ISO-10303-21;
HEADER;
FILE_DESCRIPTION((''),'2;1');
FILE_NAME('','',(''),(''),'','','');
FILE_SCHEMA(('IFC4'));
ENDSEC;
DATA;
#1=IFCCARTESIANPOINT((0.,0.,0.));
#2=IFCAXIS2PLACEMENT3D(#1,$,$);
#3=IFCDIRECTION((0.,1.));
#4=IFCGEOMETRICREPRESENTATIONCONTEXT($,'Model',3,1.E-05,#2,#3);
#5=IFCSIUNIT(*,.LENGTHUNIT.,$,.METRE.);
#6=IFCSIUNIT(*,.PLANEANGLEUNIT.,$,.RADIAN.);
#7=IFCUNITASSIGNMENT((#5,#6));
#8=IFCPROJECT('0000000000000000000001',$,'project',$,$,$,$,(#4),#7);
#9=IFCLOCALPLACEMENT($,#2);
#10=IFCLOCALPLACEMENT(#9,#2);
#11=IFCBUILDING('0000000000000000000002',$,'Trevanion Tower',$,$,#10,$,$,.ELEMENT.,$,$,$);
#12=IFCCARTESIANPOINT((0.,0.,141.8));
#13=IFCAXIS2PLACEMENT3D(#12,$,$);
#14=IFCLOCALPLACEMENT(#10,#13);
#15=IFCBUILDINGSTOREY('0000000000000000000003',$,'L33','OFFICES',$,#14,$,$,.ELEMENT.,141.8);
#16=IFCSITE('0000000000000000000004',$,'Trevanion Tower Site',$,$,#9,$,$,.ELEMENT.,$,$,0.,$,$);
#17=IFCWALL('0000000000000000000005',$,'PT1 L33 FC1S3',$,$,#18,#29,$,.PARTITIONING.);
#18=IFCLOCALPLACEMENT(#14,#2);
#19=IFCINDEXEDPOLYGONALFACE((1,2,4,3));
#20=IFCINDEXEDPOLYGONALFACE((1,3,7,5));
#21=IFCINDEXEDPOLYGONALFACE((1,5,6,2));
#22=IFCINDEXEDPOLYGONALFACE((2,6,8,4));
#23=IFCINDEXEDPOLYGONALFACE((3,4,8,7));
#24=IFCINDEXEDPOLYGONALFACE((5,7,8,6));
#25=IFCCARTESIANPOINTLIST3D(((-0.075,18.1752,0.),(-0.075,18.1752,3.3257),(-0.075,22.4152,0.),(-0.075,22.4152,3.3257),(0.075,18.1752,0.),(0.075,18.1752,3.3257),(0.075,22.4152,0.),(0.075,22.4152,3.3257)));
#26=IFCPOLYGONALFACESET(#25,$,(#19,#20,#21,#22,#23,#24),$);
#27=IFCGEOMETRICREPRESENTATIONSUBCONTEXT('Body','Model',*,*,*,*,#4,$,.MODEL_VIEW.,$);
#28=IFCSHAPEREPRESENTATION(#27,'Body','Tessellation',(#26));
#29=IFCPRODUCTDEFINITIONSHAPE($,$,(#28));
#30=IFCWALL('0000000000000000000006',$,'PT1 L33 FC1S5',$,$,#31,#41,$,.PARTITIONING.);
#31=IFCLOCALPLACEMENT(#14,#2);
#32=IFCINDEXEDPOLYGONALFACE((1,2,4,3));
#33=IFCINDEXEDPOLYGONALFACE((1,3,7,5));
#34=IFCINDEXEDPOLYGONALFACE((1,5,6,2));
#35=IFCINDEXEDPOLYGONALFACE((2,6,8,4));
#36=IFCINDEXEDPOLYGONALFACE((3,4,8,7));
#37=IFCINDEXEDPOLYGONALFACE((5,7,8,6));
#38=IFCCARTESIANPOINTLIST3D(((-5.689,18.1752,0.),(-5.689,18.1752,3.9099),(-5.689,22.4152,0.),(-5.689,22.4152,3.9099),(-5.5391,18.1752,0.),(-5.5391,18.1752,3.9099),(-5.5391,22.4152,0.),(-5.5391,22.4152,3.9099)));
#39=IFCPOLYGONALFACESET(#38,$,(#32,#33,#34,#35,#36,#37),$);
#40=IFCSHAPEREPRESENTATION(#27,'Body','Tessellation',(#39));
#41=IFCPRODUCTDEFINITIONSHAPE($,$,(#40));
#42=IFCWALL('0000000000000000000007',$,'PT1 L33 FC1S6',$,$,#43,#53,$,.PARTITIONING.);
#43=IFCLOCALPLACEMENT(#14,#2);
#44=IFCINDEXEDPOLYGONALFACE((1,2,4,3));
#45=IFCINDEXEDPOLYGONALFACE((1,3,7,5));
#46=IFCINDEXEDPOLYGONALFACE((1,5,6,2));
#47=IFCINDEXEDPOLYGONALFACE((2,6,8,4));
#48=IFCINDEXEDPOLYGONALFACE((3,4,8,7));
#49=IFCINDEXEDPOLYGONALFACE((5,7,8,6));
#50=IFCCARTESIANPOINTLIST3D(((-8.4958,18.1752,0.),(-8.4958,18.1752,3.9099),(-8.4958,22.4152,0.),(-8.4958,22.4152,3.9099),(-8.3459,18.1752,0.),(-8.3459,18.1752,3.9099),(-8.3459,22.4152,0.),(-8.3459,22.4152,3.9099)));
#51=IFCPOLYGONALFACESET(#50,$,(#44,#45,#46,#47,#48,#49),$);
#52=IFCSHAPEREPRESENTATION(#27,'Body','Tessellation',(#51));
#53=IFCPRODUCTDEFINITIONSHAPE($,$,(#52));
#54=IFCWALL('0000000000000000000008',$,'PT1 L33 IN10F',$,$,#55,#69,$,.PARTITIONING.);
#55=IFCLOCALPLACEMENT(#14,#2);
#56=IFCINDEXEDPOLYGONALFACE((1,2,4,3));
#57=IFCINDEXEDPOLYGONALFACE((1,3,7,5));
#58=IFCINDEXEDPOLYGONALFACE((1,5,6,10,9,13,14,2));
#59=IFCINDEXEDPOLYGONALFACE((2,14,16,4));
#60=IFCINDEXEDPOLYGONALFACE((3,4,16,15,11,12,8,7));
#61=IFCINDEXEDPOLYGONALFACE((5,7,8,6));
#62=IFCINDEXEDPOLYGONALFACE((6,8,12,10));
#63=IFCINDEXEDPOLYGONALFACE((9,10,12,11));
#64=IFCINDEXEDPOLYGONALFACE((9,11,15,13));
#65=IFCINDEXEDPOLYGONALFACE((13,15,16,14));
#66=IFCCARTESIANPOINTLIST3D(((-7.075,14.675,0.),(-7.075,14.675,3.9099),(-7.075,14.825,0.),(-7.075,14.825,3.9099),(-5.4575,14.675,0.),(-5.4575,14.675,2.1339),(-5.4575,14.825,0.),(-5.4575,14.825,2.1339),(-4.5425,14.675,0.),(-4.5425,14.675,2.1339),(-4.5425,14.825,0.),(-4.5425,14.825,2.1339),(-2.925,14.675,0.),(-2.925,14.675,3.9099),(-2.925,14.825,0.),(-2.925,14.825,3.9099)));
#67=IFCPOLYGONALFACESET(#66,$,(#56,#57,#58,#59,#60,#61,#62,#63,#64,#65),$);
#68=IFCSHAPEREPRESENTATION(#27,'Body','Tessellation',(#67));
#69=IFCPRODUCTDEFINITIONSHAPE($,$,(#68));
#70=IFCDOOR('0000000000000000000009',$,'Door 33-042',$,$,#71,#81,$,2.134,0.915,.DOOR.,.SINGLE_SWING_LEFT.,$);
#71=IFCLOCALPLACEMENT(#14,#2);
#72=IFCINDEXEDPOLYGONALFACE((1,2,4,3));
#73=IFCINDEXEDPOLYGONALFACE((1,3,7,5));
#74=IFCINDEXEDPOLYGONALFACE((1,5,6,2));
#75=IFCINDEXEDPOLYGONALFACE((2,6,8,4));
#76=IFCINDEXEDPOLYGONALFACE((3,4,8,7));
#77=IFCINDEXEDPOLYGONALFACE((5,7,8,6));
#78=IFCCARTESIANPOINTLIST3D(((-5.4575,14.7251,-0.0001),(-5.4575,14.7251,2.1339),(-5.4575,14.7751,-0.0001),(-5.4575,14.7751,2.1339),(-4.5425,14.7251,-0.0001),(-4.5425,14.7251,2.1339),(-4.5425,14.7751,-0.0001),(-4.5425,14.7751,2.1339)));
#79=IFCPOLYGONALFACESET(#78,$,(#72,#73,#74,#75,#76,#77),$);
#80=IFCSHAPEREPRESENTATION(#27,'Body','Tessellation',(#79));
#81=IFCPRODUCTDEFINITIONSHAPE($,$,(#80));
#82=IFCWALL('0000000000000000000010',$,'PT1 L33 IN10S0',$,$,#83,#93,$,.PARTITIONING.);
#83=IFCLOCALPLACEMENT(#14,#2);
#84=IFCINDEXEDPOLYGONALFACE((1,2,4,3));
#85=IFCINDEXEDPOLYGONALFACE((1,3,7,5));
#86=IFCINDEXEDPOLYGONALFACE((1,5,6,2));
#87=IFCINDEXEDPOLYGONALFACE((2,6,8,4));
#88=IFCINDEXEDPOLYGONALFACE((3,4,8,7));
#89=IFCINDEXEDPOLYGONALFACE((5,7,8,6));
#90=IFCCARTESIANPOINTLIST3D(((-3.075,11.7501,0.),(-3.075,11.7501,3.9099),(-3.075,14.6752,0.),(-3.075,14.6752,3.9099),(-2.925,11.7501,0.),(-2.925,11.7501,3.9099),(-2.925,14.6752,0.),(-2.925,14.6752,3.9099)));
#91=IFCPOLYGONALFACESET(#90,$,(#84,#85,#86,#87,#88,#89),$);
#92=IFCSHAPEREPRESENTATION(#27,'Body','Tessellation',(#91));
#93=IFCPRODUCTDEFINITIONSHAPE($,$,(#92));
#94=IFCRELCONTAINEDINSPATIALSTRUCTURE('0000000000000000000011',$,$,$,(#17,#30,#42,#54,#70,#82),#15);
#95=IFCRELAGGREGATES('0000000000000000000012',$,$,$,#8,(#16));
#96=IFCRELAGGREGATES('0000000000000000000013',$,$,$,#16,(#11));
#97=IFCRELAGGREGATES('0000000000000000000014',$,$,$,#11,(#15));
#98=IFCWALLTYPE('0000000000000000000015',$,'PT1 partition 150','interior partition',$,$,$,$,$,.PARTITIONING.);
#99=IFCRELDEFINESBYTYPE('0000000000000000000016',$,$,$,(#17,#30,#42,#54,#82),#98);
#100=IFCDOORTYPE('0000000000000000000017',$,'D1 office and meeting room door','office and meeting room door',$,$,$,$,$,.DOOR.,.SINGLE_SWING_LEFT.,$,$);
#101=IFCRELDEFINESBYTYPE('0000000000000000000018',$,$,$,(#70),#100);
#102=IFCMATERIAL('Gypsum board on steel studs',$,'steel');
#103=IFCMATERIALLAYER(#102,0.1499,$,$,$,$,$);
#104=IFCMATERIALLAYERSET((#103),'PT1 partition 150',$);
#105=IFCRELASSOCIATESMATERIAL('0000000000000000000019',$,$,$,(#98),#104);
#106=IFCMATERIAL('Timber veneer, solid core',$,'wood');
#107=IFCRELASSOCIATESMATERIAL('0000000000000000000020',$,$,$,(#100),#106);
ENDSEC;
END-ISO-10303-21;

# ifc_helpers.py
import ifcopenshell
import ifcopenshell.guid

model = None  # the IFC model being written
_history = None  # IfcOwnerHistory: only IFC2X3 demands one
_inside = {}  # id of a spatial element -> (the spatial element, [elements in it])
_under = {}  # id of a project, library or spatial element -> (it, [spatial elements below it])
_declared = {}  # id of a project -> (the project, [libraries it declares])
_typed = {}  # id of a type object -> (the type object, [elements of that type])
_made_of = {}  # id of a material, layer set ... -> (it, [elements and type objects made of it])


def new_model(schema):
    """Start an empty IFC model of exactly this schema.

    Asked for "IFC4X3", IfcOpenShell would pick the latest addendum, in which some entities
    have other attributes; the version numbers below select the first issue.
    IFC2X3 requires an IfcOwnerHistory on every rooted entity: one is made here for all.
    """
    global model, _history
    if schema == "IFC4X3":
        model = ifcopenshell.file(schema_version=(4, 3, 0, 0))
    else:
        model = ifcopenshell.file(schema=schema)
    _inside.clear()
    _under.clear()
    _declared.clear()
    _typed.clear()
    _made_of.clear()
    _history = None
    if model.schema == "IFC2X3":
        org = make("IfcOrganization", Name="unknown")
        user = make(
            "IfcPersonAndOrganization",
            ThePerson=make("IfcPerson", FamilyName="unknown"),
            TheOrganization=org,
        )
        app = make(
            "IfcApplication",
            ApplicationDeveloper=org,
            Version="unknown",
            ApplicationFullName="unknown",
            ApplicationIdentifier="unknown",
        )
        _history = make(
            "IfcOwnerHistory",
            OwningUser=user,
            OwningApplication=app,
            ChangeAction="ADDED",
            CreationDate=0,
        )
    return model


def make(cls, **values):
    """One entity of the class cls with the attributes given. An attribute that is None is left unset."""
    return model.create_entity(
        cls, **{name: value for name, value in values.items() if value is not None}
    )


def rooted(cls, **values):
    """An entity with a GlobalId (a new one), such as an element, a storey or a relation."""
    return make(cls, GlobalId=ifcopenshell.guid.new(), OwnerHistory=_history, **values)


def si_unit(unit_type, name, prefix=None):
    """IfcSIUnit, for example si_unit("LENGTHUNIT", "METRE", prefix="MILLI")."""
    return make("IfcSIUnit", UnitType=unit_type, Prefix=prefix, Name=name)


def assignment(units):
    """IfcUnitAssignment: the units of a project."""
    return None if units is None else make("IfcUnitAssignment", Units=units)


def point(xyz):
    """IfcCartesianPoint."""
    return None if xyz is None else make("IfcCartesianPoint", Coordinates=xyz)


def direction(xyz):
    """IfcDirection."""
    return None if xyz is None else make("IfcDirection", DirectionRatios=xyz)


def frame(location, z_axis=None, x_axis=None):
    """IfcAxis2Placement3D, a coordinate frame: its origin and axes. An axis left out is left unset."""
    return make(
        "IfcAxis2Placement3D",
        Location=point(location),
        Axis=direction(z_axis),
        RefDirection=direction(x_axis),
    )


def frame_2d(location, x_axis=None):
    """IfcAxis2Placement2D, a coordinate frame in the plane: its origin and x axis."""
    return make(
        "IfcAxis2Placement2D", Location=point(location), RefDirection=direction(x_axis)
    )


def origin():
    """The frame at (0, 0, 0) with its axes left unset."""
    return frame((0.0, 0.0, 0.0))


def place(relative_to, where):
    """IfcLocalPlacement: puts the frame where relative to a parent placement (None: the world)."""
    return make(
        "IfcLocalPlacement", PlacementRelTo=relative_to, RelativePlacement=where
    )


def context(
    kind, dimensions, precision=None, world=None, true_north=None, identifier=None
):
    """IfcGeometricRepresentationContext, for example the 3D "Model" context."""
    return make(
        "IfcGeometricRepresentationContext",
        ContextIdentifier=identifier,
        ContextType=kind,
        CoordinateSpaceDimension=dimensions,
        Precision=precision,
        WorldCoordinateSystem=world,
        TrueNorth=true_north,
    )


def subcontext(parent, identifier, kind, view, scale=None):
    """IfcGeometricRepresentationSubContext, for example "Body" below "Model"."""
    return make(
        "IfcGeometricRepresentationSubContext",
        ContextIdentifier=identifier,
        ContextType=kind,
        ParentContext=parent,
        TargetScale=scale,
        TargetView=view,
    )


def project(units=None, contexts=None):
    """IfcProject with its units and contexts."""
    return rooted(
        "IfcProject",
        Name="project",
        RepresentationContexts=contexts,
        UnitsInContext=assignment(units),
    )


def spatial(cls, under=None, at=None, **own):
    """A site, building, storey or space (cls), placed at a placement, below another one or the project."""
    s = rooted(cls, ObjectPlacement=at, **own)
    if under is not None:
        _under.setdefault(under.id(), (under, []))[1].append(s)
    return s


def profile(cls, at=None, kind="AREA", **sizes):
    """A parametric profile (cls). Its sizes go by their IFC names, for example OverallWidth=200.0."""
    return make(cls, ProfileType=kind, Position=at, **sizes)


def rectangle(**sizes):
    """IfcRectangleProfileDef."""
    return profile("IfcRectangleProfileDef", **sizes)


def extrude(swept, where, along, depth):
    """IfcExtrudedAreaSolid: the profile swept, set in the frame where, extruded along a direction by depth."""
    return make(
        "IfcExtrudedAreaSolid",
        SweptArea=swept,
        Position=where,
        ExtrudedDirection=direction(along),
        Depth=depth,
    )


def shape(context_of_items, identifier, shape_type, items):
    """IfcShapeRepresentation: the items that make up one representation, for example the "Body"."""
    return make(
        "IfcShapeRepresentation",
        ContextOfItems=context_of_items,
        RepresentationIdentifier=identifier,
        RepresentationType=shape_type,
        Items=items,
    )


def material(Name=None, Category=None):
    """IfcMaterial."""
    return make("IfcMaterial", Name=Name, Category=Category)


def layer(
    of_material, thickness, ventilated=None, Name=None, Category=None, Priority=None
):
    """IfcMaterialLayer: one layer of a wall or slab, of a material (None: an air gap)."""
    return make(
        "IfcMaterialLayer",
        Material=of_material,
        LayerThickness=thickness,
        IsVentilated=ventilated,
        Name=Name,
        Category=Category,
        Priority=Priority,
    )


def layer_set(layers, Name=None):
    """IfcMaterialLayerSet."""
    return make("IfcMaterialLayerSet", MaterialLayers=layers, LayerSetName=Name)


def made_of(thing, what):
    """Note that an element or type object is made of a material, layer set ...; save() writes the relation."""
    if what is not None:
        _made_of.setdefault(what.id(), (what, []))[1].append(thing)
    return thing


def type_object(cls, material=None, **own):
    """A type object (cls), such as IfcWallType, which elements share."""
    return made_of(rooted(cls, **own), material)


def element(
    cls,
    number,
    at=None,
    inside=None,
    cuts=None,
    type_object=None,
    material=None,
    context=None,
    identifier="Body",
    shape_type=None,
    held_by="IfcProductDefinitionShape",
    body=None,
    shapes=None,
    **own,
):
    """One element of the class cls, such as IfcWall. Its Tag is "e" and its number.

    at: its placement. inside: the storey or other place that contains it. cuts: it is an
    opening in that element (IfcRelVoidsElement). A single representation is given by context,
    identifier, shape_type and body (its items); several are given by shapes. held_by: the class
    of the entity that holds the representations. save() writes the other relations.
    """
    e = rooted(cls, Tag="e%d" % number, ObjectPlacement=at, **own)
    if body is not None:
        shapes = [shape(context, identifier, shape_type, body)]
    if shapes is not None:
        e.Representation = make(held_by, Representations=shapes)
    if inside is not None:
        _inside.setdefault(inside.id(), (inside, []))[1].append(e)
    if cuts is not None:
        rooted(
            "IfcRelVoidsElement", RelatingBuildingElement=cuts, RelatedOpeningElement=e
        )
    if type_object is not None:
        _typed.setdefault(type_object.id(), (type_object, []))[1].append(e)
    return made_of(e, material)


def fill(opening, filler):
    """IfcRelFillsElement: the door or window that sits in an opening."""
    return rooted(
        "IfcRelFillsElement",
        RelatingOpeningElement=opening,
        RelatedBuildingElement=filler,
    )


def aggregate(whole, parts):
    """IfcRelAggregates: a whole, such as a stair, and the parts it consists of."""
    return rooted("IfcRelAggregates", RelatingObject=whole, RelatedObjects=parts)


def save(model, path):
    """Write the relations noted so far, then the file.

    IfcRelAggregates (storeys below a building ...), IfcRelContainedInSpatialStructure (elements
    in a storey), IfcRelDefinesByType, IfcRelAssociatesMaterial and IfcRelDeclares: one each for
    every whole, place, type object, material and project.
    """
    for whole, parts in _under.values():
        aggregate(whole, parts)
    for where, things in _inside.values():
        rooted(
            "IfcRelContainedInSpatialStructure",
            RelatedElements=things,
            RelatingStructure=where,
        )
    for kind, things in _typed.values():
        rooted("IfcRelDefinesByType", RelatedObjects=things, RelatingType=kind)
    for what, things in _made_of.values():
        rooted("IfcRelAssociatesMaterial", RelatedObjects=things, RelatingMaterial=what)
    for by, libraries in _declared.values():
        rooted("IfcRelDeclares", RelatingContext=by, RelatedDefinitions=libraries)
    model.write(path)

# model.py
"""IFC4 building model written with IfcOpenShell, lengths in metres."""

from ifc_helpers import new_model, si_unit, direction, frame, frame_2d, origin, place, context, subcontext, project, spatial, rectangle, extrude, material, layer, layer_set, type_object, element, fill, save


model = new_model("IFC4")

# Units and contexts
model_context = context("Model", 3, precision=1e-05, world=origin(), true_north=direction((0.0, 1.0)))
body_context = subcontext(model_context, "Body", "Model", "MODEL_VIEW")
ifc_project = project(units=[si_unit("LENGTHUNIT", "METRE"), si_unit("PLANEANGLEUNIT", "RADIAN")], contexts=[model_context])

# Site, building, storey
site_placement = place(None, origin())
site = spatial("IfcSite", under=ifc_project, at=site_placement, Name="Trevanion Tower Site", CompositionType="ELEMENT", RefElevation=0.0)
building_placement = place(site_placement, origin())
building = spatial("IfcBuilding", under=site, at=building_placement, Name="Trevanion Tower", CompositionType="ELEMENT")
storey_placement = place(building_placement, frame((0.0, 0.0, 141.8)))
storey = spatial("IfcBuildingStorey", under=building, at=storey_placement, Name="L33", Description="OFFICES", CompositionType="ELEMENT", Elevation=141.8)

# Walls
ifc_material_1 = material(Name="Gypsum board on steel studs", Category="steel")
ifc_layer_1 = layer(ifc_material_1, 0.1499)
ifc_layer_set_1 = layer_set([ifc_layer_1], Name="PT1 partition 150")
wall_type = type_object("IfcWallType", Name="PT1 partition 150", Description="interior partition", PredefinedType="PARTITIONING", material=ifc_layer_set_1)
wall_1_placement = place(storey_placement, frame((0.0, 18.175, 0.0), z_axis=(0.0, 0.0, 1.0), x_axis=(0.0, 1.0, 0.0)))
element("IfcWall", 1, at=wall_1_placement, inside=storey, type_object=wall_type, Name="PT1 L33 FC1S3", PredefinedType="PARTITIONING", context=body_context, shape_type="SweptSolid", body=[
    extrude(rectangle(XDim=4.24, YDim=0.1499, at=frame_2d((2.1201, 0.0))), origin(), (0.0, 0.0, 1.0), 3.3257),
])
for number, where, z_axis, x_axis, name in (
    (2, (-5.614, 18.175, 0.0), (0.0, 0.0, 1.0), (0.0, 1.0, 0.0), "PT1 L33 FC1S5"),
    (3, (-8.4209, 18.175, 0.0), (0.0, 0.0, 1.0), (0.0, 1.0, 0.0), "PT1 L33 FC1S6"),
):
    element("IfcWall", number, at=place(storey_placement, frame(where, z_axis=z_axis, x_axis=x_axis)), inside=storey, type_object=wall_type, Name=name, PredefinedType="PARTITIONING", context=body_context, shape_type="SweptSolid", body=[
        extrude(rectangle(XDim=4.24, YDim=0.1499, at=frame_2d((2.1201, 0.0))), origin(), (0.0, 0.0, 1.0), 3.9099),
    ])

# Wall, opening, door
wall_2_placement = place(storey_placement, frame((-2.925, 14.75, 0.0), z_axis=(0.0, 0.0, 1.0), x_axis=(-1.0, 0.0, 0.0)))
wall_2 = element("IfcWall", 4, at=wall_2_placement, inside=storey, type_object=wall_type, Name="PT1 L33 IN10F", PredefinedType="PARTITIONING", context=body_context, shape_type="SweptSolid", body=[
    extrude(rectangle(XDim=4.1499, YDim=0.1499, at=frame_2d((2.075, 0.0))), origin(), (0.0, 0.0, 1.0), 3.9099),
])
opening_placement = place(wall_2_placement, frame((1.6174, 0.0, 0.0)))
opening = element("IfcOpeningElement", 5, at=opening_placement, cuts=wall_2, PredefinedType="OPENING", context=body_context, shape_type="SweptSolid", body=[
    extrude(rectangle(XDim=0.915, YDim=2.134, at=frame_2d((0.4575, 1.0669))), frame((0.0, 0.085, 0.0), z_axis=(0.0, -1.0, 0.0), x_axis=(1.0, 0.0, 0.0)), (0.0, 0.0, 1.0), 0.1699),
])
ifc_material_2 = material(Name="Timber veneer, solid core", Category="wood")
door_type = type_object("IfcDoorType", Name="D1 office and meeting room door", Description="office and meeting room door", OperationType="SINGLE_SWING_LEFT", PredefinedType="DOOR", material=ifc_material_2)
door_placement = place(opening_placement, origin())
door = element("IfcDoor", 6, at=door_placement, inside=storey, type_object=door_type, Name="Door 33-042", OperationType="SINGLE_SWING_LEFT", OverallHeight=2.134, OverallWidth=0.915, PredefinedType="DOOR", context=body_context, shape_type="SweptSolid", body=[
    extrude(rectangle(XDim=0.915, YDim=2.134, at=frame_2d((0.4575, 1.0669))), frame((0.0, 0.0249, 0.0), z_axis=(0.0, -1.0, 0.0), x_axis=(1.0, 0.0, 0.0)), (0.0, 0.0, 1.0), 0.05),
])
fill(opening, door)

# Wall
wall_3_placement = place(storey_placement, frame((-3.0, 14.675, 0.0), z_axis=(0.0, 0.0, 1.0), x_axis=(0.0, -1.0, 0.0)))
element("IfcWall", 7, at=wall_3_placement, inside=storey, type_object=wall_type, Name="PT1 L33 IN10S0", PredefinedType="PARTITIONING", context=body_context, shape_type="SweptSolid", body=[
    extrude(rectangle(XDim=2.925, YDim=0.1499, at=frame_2d((1.4624, 0.0))), origin(), (0.0, 0.0, 1.0), 3.9099),
])

save(model, "model.ifc")
